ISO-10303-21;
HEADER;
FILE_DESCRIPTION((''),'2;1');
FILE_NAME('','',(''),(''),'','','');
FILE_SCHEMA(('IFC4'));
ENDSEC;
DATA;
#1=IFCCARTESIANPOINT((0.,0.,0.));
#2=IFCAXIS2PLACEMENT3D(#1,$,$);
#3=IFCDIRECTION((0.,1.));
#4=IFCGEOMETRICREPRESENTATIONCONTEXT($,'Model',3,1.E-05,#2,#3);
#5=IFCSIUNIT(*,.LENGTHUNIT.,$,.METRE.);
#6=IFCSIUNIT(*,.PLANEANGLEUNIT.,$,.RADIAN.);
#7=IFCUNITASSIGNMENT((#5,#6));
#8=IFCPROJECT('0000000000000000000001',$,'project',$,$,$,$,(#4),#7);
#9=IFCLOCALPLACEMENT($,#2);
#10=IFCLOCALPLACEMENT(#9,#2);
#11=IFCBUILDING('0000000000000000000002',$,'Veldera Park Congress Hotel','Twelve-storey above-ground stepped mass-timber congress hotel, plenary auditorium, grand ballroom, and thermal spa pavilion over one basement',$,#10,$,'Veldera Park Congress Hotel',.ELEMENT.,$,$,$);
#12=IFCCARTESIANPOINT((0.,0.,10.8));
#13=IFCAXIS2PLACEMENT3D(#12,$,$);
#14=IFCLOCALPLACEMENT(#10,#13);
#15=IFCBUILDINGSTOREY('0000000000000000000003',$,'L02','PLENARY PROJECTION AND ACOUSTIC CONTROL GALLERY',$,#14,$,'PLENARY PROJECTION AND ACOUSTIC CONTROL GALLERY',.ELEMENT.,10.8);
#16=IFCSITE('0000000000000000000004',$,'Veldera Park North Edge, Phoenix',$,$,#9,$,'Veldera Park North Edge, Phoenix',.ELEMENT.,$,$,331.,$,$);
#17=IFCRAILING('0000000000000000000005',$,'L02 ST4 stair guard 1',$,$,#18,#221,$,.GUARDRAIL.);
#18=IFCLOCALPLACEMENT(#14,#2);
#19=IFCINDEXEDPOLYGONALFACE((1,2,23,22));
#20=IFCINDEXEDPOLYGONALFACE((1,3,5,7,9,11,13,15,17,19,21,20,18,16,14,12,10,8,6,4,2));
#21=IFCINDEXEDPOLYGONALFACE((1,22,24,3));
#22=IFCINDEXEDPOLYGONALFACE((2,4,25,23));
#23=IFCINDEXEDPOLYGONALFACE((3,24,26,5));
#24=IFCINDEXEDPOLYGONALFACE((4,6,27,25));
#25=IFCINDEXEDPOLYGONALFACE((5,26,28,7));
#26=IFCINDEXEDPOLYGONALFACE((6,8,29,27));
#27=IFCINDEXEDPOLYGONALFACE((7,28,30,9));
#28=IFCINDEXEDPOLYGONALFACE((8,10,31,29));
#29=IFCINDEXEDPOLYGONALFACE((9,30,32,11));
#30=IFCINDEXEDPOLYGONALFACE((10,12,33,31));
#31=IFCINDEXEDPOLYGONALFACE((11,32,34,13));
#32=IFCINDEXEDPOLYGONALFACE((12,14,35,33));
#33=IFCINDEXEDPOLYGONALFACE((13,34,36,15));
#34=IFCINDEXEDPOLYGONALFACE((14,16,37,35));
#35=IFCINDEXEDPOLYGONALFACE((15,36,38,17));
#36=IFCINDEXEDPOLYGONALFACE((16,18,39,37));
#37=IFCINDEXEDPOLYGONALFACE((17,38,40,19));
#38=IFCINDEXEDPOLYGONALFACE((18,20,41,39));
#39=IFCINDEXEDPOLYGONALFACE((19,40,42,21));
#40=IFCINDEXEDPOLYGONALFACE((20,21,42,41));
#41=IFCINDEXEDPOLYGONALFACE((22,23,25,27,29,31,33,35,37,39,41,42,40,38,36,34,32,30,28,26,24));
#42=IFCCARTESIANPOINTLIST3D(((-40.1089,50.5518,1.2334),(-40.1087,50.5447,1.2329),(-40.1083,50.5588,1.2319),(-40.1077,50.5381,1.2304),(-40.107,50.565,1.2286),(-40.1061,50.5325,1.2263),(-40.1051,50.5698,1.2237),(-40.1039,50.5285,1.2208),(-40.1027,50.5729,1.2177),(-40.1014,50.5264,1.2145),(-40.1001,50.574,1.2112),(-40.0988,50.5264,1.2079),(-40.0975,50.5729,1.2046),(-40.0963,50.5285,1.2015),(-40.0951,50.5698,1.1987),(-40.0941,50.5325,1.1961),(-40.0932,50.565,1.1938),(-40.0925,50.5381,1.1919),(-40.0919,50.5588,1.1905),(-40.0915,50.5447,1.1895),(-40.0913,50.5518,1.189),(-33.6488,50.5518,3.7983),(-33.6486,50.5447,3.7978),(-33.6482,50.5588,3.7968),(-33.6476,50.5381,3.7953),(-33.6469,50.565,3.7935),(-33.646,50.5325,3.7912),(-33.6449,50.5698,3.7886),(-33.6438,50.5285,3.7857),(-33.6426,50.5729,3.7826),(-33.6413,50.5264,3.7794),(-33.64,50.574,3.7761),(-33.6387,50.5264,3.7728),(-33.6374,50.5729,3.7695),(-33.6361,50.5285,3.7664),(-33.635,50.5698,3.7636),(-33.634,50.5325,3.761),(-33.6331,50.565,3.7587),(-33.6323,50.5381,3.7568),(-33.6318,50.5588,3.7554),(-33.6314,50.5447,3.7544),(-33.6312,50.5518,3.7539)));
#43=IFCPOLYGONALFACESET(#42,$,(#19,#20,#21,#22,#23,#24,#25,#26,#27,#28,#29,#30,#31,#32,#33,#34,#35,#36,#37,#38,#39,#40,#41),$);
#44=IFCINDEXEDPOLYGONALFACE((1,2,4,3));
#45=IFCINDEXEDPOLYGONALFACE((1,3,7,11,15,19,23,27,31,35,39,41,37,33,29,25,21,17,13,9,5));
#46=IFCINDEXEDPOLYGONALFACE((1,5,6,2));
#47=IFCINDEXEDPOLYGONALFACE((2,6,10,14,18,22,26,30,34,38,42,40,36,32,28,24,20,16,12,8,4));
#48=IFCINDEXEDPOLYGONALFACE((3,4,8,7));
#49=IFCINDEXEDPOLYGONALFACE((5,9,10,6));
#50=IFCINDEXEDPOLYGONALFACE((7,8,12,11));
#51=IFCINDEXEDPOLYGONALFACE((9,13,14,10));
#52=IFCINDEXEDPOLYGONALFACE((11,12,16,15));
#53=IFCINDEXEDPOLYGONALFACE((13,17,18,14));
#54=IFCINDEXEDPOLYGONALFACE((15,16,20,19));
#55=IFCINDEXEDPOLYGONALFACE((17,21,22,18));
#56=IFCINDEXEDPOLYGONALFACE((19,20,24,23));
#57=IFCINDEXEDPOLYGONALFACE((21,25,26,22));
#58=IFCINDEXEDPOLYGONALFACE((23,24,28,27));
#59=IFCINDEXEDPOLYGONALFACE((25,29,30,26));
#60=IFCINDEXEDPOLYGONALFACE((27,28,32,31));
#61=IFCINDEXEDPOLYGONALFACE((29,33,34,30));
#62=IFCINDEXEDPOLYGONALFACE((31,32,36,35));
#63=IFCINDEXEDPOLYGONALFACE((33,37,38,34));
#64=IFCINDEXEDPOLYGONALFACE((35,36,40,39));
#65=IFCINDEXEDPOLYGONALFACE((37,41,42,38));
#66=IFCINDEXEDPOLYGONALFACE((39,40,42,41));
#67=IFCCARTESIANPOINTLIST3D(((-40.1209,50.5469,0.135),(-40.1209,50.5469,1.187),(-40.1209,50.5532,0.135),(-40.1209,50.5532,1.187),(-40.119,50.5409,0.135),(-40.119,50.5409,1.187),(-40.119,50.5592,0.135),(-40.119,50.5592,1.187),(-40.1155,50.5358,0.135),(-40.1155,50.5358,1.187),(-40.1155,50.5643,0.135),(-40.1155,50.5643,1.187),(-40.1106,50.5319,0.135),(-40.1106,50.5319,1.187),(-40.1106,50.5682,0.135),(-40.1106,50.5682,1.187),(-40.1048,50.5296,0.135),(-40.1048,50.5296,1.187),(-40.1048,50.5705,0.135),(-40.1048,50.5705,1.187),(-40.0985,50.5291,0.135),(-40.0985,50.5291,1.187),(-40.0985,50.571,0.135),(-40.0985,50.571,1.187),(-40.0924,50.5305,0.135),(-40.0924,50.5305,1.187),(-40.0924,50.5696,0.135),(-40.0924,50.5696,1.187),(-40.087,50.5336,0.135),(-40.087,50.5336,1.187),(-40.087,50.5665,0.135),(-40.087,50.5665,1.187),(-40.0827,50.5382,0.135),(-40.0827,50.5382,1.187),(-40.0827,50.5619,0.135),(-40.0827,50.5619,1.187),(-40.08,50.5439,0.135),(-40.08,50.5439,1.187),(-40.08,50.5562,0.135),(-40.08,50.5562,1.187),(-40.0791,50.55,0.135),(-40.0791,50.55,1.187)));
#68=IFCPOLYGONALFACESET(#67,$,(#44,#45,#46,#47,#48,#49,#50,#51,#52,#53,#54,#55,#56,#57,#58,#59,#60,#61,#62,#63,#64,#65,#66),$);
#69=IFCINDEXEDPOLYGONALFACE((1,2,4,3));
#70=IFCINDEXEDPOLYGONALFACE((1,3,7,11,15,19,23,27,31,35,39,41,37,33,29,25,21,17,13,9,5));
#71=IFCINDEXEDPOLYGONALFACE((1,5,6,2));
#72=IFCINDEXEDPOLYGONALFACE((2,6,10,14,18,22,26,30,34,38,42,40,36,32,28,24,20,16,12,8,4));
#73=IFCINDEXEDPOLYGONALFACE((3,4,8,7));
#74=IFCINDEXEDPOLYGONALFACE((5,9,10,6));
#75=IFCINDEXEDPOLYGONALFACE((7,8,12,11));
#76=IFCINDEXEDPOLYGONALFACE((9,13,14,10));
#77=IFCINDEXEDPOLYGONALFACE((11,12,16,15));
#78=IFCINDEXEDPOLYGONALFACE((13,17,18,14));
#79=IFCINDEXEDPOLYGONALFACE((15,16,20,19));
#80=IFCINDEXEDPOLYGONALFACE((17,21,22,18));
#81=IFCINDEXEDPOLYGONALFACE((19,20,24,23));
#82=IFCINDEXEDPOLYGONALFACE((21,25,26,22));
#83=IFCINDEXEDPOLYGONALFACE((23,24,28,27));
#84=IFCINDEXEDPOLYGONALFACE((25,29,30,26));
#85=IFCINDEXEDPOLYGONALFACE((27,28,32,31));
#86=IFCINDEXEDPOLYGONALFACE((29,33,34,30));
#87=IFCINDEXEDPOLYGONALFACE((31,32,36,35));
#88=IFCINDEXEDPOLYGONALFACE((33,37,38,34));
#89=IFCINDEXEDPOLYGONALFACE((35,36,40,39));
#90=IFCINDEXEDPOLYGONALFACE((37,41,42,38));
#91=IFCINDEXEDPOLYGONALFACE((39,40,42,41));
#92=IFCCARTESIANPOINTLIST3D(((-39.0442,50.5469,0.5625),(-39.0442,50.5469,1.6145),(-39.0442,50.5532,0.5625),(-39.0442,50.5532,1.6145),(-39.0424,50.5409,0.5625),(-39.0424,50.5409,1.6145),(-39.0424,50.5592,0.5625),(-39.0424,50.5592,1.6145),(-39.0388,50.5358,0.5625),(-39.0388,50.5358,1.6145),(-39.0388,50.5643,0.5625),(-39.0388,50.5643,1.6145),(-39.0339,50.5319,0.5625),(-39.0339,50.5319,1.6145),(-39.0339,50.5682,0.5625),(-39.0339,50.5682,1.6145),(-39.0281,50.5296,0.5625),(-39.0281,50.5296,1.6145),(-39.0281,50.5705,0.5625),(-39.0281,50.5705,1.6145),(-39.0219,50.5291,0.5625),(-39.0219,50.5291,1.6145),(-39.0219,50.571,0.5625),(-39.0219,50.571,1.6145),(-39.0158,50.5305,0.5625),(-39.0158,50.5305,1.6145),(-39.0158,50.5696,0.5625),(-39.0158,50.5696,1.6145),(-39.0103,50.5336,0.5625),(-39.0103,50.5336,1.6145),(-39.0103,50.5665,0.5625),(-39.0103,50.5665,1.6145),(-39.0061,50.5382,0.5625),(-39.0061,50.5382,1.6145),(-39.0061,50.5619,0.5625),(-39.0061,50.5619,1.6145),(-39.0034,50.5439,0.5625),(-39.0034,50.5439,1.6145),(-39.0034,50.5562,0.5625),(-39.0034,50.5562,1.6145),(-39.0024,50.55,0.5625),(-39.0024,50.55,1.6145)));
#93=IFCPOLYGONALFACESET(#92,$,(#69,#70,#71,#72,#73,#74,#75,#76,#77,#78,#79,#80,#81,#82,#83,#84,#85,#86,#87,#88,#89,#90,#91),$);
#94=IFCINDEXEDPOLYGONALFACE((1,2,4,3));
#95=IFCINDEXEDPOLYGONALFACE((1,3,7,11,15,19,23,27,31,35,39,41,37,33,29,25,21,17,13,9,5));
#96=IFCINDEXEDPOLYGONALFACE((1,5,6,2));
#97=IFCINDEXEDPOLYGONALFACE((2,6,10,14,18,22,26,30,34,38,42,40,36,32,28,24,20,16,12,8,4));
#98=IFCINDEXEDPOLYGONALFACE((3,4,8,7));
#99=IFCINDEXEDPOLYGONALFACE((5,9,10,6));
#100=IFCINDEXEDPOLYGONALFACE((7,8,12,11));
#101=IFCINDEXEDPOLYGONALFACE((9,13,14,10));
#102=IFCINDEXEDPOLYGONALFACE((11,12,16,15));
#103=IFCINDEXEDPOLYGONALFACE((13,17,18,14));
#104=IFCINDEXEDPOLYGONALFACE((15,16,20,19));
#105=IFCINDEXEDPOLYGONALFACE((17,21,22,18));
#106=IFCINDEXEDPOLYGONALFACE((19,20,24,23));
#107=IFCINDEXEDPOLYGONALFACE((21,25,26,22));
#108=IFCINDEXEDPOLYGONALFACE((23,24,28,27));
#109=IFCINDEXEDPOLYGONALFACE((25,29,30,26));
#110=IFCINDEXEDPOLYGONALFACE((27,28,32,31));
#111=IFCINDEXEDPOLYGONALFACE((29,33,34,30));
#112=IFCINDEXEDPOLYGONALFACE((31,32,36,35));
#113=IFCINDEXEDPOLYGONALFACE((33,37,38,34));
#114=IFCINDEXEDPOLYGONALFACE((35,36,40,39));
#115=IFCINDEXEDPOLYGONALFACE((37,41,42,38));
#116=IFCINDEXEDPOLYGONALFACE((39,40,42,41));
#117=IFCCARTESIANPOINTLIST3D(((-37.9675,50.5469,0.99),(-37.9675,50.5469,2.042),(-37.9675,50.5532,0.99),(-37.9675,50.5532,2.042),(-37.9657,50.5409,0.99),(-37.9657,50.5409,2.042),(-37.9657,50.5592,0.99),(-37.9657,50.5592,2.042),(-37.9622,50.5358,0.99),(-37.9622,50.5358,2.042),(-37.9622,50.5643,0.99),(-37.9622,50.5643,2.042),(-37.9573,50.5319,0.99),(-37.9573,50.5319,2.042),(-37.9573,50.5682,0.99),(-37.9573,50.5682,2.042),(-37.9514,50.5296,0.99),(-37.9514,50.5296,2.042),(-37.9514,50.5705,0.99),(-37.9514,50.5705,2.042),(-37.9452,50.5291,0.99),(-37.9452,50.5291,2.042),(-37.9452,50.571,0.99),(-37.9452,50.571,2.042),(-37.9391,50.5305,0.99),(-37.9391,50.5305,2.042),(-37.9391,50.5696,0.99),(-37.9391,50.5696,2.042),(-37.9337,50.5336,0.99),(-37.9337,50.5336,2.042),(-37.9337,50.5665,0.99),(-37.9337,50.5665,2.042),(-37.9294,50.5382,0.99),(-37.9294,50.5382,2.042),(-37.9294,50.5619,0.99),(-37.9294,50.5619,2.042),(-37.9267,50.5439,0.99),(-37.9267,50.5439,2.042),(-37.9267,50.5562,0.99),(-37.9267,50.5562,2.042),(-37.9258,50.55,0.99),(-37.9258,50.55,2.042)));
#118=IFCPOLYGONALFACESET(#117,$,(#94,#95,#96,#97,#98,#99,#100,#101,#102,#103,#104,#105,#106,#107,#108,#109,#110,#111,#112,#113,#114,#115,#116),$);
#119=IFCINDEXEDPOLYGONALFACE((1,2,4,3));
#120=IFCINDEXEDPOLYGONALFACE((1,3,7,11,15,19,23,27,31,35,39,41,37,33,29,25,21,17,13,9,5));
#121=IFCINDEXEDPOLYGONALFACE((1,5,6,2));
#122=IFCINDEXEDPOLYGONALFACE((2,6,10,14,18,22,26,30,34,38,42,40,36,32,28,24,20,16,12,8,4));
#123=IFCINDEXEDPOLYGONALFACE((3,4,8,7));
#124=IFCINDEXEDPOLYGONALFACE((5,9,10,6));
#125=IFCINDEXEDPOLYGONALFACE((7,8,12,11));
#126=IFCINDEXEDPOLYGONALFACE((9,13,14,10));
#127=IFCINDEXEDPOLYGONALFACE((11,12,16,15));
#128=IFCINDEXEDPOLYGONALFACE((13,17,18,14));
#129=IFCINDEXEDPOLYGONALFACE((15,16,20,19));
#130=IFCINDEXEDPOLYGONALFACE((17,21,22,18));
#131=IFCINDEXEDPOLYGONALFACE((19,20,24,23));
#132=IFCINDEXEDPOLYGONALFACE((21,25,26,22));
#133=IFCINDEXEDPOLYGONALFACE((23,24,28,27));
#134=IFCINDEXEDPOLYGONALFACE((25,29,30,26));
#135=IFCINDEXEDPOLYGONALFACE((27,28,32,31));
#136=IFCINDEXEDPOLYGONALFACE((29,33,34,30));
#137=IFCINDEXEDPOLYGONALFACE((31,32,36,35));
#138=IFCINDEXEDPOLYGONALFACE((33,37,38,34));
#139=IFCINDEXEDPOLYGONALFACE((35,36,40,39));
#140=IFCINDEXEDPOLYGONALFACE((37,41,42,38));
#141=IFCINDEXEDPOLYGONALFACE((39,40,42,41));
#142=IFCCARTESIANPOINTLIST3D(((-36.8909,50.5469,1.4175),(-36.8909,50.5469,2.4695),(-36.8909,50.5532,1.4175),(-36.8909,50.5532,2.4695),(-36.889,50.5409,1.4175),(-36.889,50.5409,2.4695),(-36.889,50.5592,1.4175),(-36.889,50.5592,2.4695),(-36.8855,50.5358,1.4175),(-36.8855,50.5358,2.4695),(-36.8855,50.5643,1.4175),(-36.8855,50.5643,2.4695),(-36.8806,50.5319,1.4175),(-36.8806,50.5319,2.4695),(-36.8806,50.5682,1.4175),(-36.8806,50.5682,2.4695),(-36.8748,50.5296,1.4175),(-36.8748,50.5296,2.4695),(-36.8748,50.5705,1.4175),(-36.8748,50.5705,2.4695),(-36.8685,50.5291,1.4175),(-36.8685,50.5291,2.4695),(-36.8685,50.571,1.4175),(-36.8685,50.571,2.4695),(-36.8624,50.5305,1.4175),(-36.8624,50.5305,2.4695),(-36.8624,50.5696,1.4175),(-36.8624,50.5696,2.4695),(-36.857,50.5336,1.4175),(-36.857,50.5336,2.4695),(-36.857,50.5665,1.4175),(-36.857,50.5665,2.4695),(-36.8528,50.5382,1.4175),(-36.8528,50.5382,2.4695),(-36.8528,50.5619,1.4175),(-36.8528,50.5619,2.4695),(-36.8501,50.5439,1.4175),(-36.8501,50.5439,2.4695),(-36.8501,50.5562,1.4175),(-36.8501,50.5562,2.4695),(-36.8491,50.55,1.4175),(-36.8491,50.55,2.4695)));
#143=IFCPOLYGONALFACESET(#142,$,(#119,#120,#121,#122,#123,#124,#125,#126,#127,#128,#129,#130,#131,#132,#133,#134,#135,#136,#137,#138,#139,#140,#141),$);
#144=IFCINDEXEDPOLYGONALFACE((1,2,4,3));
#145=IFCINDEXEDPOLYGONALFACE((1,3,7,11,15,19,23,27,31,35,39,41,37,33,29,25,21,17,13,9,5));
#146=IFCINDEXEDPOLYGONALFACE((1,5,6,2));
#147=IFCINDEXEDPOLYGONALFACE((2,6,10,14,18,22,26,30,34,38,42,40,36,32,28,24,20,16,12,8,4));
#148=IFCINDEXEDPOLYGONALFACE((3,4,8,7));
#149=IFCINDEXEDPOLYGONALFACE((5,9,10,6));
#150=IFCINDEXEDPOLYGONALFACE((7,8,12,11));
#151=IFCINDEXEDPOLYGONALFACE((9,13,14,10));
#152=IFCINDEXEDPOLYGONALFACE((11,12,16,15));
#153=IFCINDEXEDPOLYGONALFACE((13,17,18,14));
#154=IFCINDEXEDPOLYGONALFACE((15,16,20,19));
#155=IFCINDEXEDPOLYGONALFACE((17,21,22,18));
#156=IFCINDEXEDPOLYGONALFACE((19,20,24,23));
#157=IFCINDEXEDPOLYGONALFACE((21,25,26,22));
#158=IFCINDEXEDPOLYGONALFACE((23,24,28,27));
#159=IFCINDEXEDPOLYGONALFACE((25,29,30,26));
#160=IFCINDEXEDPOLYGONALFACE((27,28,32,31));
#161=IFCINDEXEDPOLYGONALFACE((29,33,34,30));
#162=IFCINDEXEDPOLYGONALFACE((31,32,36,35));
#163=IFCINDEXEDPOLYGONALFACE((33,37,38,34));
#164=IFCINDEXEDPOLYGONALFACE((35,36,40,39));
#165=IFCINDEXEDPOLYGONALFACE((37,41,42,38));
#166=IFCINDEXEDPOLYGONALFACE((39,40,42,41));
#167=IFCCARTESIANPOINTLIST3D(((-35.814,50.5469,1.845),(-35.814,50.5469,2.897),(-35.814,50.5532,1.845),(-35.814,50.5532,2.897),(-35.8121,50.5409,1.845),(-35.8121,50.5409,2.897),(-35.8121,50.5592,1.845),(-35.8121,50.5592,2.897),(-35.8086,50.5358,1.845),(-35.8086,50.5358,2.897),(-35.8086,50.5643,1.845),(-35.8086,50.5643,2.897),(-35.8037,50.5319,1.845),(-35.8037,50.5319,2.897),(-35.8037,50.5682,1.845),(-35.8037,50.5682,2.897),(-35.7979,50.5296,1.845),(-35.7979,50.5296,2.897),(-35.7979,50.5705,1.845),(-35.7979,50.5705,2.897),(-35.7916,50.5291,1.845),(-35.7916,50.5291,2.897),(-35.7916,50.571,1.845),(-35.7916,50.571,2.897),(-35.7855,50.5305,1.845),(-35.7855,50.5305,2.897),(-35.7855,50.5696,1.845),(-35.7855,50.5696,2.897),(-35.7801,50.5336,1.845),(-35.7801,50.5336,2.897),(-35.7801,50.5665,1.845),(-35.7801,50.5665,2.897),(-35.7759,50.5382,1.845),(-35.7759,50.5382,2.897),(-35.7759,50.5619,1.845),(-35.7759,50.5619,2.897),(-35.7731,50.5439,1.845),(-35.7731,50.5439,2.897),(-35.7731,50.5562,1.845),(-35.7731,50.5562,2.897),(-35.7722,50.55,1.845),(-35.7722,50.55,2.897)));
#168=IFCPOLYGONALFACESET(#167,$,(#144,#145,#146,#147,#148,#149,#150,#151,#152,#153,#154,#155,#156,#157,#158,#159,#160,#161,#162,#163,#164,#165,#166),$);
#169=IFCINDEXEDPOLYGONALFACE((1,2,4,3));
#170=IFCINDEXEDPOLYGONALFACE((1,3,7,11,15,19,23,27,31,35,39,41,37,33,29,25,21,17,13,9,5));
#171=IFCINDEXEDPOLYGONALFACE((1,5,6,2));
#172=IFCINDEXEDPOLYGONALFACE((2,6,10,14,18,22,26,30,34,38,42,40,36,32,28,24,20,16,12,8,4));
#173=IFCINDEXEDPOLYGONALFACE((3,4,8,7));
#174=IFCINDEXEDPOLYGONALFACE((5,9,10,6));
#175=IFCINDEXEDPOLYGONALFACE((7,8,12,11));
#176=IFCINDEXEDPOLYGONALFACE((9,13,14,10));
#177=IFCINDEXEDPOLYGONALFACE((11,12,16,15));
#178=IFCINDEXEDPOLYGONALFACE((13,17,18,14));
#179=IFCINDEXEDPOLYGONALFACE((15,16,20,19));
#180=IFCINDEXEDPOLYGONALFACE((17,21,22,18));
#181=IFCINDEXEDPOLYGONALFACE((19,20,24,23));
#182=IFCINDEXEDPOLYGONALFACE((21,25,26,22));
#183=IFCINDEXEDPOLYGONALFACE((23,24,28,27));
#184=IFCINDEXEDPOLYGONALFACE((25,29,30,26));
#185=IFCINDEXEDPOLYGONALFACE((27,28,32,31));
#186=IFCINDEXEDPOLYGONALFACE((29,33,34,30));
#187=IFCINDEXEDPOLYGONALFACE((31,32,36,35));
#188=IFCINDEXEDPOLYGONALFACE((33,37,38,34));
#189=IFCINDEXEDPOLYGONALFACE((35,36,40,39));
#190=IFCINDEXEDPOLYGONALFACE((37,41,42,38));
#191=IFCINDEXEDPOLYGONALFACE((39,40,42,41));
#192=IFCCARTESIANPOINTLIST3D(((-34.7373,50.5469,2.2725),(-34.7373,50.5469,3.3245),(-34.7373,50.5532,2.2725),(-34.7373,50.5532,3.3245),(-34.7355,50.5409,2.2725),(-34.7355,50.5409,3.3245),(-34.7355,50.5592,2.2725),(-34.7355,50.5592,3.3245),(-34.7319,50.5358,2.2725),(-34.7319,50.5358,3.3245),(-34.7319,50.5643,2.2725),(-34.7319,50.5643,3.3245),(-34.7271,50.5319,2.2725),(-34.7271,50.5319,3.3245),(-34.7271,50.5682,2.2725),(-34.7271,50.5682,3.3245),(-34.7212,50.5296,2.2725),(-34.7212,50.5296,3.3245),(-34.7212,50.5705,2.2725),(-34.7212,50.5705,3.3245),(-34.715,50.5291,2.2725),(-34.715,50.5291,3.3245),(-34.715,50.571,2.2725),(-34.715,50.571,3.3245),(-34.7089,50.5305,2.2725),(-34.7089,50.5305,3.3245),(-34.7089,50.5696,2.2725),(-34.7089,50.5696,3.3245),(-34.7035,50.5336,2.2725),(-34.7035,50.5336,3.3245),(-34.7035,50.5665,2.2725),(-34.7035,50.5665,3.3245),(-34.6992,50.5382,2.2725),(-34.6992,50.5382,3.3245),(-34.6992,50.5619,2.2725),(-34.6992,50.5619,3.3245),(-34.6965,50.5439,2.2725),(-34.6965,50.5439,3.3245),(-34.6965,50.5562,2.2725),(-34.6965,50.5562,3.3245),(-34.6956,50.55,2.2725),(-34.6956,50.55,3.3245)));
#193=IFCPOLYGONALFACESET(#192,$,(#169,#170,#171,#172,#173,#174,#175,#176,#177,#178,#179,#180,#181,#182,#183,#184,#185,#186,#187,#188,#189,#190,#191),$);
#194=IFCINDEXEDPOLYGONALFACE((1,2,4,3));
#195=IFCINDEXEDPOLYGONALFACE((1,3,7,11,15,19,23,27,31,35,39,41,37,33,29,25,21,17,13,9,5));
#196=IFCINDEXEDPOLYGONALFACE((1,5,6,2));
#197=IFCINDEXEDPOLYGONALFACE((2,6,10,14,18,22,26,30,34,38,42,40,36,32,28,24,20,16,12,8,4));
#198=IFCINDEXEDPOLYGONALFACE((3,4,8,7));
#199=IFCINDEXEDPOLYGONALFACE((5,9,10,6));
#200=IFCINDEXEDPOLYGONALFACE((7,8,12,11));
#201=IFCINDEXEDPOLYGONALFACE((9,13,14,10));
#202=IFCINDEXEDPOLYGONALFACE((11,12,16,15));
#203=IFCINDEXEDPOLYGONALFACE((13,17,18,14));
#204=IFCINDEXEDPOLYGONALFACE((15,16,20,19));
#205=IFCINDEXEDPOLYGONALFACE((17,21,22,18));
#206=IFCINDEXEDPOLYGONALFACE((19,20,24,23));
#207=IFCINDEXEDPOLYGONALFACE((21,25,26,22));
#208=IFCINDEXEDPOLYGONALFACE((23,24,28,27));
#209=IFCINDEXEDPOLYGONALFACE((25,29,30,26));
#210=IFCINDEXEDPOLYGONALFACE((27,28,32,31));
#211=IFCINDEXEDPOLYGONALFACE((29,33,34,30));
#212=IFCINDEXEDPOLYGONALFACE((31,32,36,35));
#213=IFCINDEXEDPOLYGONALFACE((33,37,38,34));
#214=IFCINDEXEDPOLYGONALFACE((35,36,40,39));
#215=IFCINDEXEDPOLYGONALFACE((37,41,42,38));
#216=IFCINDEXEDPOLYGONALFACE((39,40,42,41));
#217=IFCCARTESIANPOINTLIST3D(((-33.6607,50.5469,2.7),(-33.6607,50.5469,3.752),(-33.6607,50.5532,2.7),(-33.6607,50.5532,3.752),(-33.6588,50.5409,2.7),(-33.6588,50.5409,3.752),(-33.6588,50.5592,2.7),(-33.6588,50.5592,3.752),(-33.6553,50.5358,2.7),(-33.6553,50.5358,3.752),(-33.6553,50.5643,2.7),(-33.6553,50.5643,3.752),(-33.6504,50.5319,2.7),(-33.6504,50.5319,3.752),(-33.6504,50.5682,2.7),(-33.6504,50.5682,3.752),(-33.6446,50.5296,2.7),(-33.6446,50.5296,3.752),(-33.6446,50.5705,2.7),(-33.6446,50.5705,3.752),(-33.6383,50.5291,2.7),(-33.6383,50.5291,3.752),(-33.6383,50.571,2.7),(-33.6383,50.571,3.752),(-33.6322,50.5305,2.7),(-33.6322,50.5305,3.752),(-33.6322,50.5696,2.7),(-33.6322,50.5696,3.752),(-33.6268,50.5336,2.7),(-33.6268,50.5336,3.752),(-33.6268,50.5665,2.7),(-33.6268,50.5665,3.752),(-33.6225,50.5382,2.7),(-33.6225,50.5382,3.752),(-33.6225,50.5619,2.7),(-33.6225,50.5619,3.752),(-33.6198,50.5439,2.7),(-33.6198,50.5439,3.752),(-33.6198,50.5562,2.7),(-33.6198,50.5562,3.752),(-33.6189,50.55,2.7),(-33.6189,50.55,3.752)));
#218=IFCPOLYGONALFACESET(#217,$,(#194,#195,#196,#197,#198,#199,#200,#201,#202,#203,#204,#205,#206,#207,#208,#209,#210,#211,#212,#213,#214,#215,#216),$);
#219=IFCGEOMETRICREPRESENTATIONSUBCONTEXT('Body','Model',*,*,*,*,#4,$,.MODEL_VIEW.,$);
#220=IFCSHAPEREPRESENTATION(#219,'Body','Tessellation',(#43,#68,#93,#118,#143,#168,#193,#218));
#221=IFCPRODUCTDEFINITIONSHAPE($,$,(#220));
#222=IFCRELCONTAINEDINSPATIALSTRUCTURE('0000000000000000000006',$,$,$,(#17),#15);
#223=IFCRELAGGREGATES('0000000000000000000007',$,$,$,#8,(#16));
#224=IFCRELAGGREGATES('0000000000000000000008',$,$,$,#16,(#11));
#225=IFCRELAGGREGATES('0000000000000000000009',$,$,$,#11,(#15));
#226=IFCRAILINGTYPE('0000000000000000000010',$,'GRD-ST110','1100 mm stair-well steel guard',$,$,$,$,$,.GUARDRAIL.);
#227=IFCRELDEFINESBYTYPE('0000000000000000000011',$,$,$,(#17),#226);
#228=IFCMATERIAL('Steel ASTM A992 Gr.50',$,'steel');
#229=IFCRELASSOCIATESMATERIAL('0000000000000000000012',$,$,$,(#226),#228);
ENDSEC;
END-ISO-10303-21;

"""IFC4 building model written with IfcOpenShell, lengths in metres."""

from ifc_helpers import new_model, si_unit, direction, frame, origin, origin_2d, place, context, subcontext, project, spatial, circle, extrude, material, type_object, element, save


model = new_model("IFC4")

# Units and contexts
model_context = context("Model", 3, precision=1e-05, world=origin(), true_north=direction((0.0, 1.0)))
body_context = subcontext(model_context, "Body", "Model", "MODEL_VIEW")
ifc_project = project(units=[si_unit("LENGTHUNIT", "METRE"), si_unit("PLANEANGLEUNIT", "RADIAN")], contexts=[model_context])

# Site, building, storey
site_placement = place(None, origin())
site = spatial("IfcSite", under=ifc_project, at=site_placement, Name="Veldera Park North Edge, Phoenix", LongName="Veldera Park North Edge, Phoenix", CompositionType="ELEMENT", RefElevation=331.0)
building_placement = place(site_placement, origin())
building = spatial("IfcBuilding", under=site, at=building_placement, Name="Veldera Park Congress Hotel", Description="Twelve-storey above-ground stepped mass-timber congress hotel, plenary auditorium, grand ballroom, and thermal spa pavilion over one basement", LongName="Veldera Park Congress Hotel", CompositionType="ELEMENT")
storey_placement = place(building_placement, frame((0.0, 0.0, 10.8)))
storey = spatial("IfcBuildingStorey", under=building, at=storey_placement, Name="L02", Description="PLENARY PROJECTION AND ACOUSTIC CONTROL GALLERY", LongName="PLENARY PROJECTION AND ACOUSTIC CONTROL GALLERY", CompositionType="ELEMENT", Elevation=10.8)

# Shared definitions
ifc_material_1 = material(Name="Steel ASTM A992 Gr.50", Category="steel")

# Railing
railing_type_1 = type_object("IfcRailingType", Name="GRD-ST110", Description="1100 mm stair-well steel guard", PredefinedType="GUARDRAIL", material=ifc_material_1)
railing_1_placement = place(storey_placement, frame((-40.1001, 50.55, 0.135)))
element("IfcRailing", 1, at=railing_1_placement, inside=storey, type_object=railing_type_1, Name="L02 ST4 stair guard 1", PredefinedType="GUARDRAIL", context=body_context, shape_type="SweptSolid", body=[
    extrude(circle(Radius=0.0239, at=origin_2d()), frame((0.0, 0.0, 1.0762), z_axis=(0.929423, 0.0, 0.369016), x_axis=(0.0, 1.0, 0.0)), (0.0, 0.0, 1.0), 6.9507),
    extrude(circle(Radius=0.021, at=origin_2d()), origin(), (0.0, 0.0, 1.0), 1.052),
    extrude(circle(Radius=0.021, at=origin_2d()), frame((1.0767, 0.0, 0.4275)), (0.0, 0.0, 1.0), 1.052),
    extrude(circle(Radius=0.021, at=origin_2d()), frame((2.1533, 0.0, 0.855)), (0.0, 0.0, 1.0), 1.052),
    extrude(circle(Radius=0.021, at=origin_2d()), frame((3.23, 0.0, 1.2825)), (0.0, 0.0, 1.0), 1.052),
    extrude(circle(Radius=0.021, at=origin_2d()), frame((4.3069, 0.0, 1.71)), (0.0, 0.0, 1.0), 1.052),
    extrude(circle(Radius=0.021, at=origin_2d()), frame((5.3835, 0.0, 2.1375)), (0.0, 0.0, 1.0), 1.052),
    extrude(circle(Radius=0.021, at=origin_2d()), frame((6.4602, 0.0, 2.5649)), (0.0, 0.0, 1.0), 1.052),
])

save(model, "model.ifc")
